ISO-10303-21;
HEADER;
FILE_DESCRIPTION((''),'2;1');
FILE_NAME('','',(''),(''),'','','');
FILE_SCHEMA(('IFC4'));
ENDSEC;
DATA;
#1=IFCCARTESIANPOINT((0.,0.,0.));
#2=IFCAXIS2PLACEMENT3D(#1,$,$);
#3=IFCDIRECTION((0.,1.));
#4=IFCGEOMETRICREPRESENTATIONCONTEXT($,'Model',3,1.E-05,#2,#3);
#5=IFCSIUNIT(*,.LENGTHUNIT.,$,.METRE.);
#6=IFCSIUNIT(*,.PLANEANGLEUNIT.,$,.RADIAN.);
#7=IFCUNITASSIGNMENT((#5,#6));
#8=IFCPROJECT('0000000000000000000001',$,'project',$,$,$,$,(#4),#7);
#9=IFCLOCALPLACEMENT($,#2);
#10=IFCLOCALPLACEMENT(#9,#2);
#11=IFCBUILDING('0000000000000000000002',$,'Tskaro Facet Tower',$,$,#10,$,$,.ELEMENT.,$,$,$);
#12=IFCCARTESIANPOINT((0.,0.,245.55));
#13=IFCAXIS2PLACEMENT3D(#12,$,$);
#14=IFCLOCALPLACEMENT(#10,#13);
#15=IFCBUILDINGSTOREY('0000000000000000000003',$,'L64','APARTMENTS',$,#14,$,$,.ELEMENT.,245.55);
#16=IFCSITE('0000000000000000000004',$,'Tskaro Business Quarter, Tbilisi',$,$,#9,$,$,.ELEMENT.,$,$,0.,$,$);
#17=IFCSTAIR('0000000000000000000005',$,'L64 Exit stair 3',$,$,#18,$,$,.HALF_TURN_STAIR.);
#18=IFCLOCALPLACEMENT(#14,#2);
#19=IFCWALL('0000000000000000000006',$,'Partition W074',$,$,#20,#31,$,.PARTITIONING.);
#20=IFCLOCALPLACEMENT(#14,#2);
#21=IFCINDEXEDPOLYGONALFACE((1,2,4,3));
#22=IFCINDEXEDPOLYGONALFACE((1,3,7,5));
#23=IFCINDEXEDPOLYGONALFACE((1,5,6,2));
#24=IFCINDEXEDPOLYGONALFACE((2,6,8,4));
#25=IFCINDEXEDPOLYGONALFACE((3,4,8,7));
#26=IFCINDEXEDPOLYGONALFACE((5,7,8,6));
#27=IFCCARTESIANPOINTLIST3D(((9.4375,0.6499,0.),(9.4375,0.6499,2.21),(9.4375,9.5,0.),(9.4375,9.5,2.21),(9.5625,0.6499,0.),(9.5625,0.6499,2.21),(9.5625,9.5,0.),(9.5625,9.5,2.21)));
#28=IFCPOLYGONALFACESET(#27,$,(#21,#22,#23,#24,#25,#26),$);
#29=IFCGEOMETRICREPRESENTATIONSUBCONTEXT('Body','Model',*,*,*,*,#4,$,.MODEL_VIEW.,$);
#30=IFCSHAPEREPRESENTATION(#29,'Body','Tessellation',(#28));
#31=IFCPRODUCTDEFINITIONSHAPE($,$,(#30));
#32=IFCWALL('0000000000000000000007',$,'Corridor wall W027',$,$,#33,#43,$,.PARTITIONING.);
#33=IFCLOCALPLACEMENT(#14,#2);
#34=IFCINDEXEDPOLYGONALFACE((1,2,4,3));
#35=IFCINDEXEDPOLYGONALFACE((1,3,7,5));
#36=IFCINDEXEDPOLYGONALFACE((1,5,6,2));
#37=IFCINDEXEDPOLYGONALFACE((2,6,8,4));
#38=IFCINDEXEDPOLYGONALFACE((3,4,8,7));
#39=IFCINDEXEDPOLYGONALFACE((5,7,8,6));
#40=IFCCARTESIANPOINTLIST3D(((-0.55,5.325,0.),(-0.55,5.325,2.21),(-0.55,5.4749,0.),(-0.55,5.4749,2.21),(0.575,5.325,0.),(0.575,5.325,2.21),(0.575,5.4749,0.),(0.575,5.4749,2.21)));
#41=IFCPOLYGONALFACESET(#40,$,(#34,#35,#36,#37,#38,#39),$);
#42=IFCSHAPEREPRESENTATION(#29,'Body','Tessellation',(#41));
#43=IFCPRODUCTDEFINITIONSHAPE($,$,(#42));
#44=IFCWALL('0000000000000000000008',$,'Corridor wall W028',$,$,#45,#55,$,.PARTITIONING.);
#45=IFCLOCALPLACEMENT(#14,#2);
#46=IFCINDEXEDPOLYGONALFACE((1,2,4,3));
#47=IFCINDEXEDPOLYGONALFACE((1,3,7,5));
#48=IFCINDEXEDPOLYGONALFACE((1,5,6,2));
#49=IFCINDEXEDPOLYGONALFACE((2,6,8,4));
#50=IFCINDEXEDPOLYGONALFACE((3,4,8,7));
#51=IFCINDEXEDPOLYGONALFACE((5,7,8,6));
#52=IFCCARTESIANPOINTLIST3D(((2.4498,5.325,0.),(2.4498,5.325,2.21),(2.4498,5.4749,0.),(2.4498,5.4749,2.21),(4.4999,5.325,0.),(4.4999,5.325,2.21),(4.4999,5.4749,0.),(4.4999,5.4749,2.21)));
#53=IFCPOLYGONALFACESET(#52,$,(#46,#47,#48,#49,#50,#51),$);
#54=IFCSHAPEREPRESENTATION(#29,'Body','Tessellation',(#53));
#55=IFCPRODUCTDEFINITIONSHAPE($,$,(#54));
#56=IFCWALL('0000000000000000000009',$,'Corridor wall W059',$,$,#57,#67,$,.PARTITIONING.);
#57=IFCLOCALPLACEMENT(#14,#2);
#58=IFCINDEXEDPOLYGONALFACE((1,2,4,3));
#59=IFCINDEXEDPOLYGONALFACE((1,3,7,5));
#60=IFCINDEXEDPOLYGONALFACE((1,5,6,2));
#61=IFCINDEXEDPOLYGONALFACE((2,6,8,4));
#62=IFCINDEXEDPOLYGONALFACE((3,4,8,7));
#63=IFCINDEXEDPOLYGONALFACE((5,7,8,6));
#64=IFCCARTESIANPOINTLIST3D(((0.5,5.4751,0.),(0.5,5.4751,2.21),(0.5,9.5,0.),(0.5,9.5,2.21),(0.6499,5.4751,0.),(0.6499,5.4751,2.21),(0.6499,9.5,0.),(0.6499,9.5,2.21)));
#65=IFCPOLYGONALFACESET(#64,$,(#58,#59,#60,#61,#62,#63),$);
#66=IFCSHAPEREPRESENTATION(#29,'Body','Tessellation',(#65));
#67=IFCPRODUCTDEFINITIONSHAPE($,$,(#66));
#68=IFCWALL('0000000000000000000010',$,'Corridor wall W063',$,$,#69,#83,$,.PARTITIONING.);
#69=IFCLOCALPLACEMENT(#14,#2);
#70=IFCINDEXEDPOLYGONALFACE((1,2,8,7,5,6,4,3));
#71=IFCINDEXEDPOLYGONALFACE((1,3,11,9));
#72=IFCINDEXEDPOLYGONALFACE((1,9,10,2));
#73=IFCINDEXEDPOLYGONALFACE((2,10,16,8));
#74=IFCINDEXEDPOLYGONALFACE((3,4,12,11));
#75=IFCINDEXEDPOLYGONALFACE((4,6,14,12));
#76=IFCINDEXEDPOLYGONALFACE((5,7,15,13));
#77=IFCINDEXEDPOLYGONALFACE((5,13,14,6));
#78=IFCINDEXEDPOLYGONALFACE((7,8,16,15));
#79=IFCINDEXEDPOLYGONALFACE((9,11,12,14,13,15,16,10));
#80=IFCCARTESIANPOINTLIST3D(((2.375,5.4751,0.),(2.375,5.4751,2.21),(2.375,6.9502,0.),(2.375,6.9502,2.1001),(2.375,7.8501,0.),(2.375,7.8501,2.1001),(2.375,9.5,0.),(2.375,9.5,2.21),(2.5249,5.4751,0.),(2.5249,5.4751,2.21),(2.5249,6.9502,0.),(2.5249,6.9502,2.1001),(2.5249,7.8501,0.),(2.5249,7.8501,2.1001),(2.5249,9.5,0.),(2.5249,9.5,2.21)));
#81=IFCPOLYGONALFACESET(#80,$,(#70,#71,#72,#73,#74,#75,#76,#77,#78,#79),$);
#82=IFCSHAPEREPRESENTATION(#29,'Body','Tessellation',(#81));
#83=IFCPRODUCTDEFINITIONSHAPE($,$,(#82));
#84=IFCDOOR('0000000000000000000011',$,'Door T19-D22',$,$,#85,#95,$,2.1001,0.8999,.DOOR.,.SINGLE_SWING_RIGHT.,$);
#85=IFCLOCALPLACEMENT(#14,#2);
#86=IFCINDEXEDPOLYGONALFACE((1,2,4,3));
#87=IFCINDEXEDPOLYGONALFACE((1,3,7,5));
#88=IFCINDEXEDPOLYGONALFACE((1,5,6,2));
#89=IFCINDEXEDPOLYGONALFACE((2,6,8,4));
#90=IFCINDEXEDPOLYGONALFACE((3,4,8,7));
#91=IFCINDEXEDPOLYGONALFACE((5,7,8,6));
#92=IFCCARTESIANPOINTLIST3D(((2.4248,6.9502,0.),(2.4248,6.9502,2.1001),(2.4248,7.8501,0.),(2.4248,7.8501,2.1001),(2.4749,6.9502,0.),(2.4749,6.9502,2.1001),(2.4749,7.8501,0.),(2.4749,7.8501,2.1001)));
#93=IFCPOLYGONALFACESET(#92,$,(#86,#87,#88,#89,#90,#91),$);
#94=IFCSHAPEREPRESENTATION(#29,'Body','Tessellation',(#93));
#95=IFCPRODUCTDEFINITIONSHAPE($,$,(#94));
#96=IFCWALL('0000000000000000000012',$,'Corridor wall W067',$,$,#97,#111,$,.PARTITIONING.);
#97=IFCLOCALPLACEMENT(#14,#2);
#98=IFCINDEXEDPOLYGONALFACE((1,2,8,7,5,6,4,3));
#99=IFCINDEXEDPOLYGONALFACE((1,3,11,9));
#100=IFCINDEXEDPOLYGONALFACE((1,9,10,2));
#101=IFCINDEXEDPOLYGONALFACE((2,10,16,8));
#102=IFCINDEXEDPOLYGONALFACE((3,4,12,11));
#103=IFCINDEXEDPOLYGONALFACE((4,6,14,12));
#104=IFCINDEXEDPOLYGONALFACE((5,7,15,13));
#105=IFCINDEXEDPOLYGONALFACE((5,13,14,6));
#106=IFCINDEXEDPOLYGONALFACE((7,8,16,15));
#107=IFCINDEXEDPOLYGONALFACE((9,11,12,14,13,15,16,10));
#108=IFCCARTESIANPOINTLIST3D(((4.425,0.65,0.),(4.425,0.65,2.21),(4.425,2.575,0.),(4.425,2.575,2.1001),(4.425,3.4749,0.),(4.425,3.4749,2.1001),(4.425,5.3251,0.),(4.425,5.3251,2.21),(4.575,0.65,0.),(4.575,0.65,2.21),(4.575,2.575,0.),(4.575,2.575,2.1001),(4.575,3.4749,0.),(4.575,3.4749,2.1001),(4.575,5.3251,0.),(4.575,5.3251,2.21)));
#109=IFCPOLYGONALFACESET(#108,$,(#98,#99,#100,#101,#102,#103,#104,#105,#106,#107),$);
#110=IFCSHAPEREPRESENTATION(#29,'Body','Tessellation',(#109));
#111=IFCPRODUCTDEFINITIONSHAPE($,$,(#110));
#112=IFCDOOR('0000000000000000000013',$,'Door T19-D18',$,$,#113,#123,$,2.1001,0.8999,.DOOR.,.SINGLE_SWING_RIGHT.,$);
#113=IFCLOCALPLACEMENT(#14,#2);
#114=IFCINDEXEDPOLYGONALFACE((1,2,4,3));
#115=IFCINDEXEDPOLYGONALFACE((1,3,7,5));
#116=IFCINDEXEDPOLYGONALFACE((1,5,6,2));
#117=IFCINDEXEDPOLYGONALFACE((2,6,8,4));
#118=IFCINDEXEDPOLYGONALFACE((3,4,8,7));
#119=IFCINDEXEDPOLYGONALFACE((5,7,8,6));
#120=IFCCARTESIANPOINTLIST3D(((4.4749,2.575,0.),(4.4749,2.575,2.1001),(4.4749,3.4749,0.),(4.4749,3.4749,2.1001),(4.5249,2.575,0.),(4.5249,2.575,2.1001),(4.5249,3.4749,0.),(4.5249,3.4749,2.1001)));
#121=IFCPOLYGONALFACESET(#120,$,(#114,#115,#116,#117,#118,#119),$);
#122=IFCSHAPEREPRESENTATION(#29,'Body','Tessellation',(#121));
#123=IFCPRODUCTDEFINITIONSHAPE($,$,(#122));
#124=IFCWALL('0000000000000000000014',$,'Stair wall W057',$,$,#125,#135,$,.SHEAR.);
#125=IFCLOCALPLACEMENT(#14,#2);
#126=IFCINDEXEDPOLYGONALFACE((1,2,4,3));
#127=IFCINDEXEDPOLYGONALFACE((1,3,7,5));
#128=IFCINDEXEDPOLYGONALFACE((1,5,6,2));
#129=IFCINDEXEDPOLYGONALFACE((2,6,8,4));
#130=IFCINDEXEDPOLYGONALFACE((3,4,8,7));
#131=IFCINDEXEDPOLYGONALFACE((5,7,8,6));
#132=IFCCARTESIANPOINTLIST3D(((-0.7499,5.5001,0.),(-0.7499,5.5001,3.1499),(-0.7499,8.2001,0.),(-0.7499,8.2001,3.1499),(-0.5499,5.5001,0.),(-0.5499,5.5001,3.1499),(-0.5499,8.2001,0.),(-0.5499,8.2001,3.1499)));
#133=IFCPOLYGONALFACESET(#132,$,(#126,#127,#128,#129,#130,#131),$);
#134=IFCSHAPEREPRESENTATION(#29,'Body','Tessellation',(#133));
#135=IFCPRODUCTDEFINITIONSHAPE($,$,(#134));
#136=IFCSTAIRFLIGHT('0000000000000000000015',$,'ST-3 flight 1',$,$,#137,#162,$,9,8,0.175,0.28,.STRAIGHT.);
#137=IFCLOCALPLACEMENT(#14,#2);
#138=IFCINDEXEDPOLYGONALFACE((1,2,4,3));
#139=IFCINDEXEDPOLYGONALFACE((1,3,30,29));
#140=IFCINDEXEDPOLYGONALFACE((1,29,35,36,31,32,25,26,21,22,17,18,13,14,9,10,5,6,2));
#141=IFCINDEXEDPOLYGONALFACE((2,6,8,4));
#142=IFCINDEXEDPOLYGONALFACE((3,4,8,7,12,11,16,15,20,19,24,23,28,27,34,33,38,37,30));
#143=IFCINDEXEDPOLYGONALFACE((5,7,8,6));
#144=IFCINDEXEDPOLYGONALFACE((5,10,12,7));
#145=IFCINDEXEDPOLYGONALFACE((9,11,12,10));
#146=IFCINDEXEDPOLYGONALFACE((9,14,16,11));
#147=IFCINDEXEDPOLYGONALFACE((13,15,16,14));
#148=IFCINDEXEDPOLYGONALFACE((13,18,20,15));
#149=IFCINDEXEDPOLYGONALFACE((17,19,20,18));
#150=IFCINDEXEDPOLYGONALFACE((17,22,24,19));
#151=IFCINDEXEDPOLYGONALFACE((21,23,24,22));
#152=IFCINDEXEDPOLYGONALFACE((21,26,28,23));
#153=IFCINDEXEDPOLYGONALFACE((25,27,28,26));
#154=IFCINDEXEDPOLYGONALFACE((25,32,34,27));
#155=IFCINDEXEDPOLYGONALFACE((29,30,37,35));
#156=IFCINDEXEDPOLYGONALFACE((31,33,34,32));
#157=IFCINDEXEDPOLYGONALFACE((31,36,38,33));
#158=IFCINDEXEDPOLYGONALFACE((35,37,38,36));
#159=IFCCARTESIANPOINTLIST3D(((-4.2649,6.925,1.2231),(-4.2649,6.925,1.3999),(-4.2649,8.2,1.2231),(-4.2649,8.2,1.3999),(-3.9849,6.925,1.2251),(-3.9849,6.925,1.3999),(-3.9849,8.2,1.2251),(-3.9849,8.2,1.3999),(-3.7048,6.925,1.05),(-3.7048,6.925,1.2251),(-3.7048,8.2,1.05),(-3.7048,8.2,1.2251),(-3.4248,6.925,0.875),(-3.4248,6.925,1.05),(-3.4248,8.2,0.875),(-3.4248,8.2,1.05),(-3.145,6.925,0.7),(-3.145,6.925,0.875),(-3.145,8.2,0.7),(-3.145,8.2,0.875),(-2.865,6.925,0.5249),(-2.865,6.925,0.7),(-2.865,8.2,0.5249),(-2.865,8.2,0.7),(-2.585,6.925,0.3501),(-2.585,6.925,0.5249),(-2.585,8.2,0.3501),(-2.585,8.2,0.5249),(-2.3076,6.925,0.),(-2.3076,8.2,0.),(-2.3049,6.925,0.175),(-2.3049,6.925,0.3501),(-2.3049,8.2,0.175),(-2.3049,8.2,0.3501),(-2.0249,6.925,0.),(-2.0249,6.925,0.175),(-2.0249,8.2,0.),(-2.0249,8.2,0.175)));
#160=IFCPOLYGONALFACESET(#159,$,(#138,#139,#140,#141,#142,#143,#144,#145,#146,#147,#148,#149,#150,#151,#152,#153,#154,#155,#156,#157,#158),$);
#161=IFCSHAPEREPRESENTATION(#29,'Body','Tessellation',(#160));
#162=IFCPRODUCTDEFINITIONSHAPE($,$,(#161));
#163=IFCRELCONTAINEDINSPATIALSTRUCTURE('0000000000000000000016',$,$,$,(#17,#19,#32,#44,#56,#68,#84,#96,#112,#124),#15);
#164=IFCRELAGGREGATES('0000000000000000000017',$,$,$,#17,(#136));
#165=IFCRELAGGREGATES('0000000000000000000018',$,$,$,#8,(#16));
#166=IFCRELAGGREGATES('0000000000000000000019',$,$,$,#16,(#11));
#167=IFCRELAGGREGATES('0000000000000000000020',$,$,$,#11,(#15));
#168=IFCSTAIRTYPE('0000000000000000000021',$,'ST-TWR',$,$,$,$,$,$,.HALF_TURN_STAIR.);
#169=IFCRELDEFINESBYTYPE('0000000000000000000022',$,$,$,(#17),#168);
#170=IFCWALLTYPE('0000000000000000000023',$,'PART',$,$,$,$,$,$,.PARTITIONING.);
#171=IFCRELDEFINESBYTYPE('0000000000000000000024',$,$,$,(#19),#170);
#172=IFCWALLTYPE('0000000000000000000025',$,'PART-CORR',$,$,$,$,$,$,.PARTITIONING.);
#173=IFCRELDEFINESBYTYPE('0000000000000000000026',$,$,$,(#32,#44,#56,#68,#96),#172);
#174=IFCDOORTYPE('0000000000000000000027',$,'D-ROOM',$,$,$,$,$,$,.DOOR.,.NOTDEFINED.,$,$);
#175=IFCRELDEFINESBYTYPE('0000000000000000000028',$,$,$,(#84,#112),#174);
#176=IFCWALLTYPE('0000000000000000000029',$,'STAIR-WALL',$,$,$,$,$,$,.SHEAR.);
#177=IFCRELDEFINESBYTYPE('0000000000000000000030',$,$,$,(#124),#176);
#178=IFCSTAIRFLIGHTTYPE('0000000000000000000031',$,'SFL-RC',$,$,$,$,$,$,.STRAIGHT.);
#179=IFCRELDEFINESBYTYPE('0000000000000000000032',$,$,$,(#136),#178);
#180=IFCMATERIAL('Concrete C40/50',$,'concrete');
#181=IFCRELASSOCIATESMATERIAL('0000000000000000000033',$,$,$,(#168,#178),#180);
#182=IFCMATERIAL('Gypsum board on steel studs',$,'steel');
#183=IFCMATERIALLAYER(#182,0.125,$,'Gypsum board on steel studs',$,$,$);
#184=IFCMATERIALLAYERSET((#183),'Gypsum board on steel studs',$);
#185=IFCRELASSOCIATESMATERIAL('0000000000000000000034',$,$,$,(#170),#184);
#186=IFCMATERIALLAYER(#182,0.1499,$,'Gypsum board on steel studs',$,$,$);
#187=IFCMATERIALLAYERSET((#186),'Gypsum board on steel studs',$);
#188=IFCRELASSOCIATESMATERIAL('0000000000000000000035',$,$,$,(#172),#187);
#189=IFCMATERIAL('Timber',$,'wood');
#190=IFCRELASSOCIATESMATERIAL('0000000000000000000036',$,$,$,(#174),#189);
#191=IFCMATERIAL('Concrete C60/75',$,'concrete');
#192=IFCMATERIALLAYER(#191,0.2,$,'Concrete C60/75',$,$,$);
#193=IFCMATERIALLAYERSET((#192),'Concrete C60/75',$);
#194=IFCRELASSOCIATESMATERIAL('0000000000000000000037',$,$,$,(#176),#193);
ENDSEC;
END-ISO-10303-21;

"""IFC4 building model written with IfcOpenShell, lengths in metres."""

from ifc_helpers import new_model, si_unit, direction, frame, frame_2d, origin, place, context, subcontext, project, spatial, polyline, rectangle, outline, extrude, material, layer, layer_set, type_object, element, fill, aggregate, save


model = new_model("IFC4")

# Units and contexts
model_context = context("Model", 3, precision=1e-05, world=origin(), true_north=direction((0.0, 1.0)))
body_context = subcontext(model_context, "Body", "Model", "MODEL_VIEW")
ifc_project = project(units=[si_unit("LENGTHUNIT", "METRE"), si_unit("PLANEANGLEUNIT", "RADIAN")], contexts=[model_context])

# Site, building, storey
site_placement = place(None, origin())
site = spatial("IfcSite", under=ifc_project, at=site_placement, Name="Tskaro Business Quarter, Tbilisi", CompositionType="ELEMENT", RefElevation=0.0)
building_placement = place(site_placement, origin())
building = spatial("IfcBuilding", under=site, at=building_placement, Name="Tskaro Facet Tower", CompositionType="ELEMENT")
storey_placement = place(building_placement, frame((0.0, 0.0, 245.55)))
storey = spatial("IfcBuildingStorey", under=building, at=storey_placement, Name="L64", Description="APARTMENTS", CompositionType="ELEMENT", Elevation=245.55)

# Stair
ifc_material_1 = material(Name="Concrete C40/50", Category="concrete")
stair_type = type_object("IfcStairType", Name="ST-TWR", PredefinedType="HALF_TURN_STAIR", material=ifc_material_1)
stair_1_placement = place(storey_placement, origin())
stair_1 = element("IfcStair", 1, at=stair_1_placement, inside=storey, type_object=stair_type, Name="L64 Exit stair 3", PredefinedType="HALF_TURN_STAIR")

# Shared definitions
ifc_material_2 = material(Name="Concrete C60/75", Category="concrete")

# Walls
ifc_material_3 = material(Name="Gypsum board on steel studs", Category="steel")
ifc_layer_1 = layer(ifc_material_3, 0.125, Name="Gypsum board on steel studs")
ifc_layer_set_1 = layer_set([ifc_layer_1], Name="Gypsum board on steel studs")
wall_type_1 = type_object("IfcWallType", Name="PART", PredefinedType="PARTITIONING", material=ifc_layer_set_1)
wall_1_placement = place(storey_placement, frame((9.5, 0.6499, 0.0), z_axis=(0.0, 0.0, 1.0), x_axis=(0.0, 1.0, 0.0)))
element("IfcWall", 2, at=wall_1_placement, inside=storey, type_object=wall_type_1, Name="Partition W074", PredefinedType="PARTITIONING", context=body_context, shape_type="SweptSolid", body=[
    extrude(rectangle(XDim=8.8501, YDim=0.125, at=frame_2d((4.425, 0.0))), origin(), (0.0, 0.0, 1.0), 2.21),
])
ifc_layer_2 = layer(ifc_material_3, 0.1499, Name="Gypsum board on steel studs")
ifc_layer_set_2 = layer_set([ifc_layer_2], Name="Gypsum board on steel studs")
wall_type_2 = type_object("IfcWallType", Name="PART-CORR", PredefinedType="PARTITIONING", material=ifc_layer_set_2)
wall_2_placement = place(storey_placement, frame((-0.55, 5.3999, 0.0), z_axis=(0.0, 0.0, 1.0), x_axis=(1.0, 0.0, 0.0)))
element("IfcWall", 3, at=wall_2_placement, inside=storey, type_object=wall_type_2, Name="Corridor wall W027", PredefinedType="PARTITIONING", context=body_context, shape_type="SweptSolid", body=[
    extrude(rectangle(XDim=1.125, YDim=0.1499, at=frame_2d((0.5625, 0.0))), origin(), (0.0, 0.0, 1.0), 2.21),
])
wall_3_placement = place(storey_placement, frame((2.45, 5.3999, 0.0), z_axis=(0.0, 0.0, 1.0), x_axis=(1.0, 0.0, 0.0)))
element("IfcWall", 4, at=wall_3_placement, inside=storey, type_object=wall_type_2, Name="Corridor wall W028", PredefinedType="PARTITIONING", context=body_context, shape_type="SweptSolid", body=[
    extrude(rectangle(XDim=2.05, YDim=0.1499, at=frame_2d((1.0249, 0.0))), origin(), (0.0, 0.0, 1.0), 2.21),
])
wall_4_placement = place(storey_placement, frame((0.575, 5.4751, 0.0), z_axis=(0.0, 0.0, 1.0), x_axis=(0.0, 1.0, 0.0)))
element("IfcWall", 5, at=wall_4_placement, inside=storey, type_object=wall_type_2, Name="Corridor wall W059", PredefinedType="PARTITIONING", context=body_context, shape_type="SweptSolid", body=[
    extrude(rectangle(XDim=4.0249, YDim=0.1499, at=frame_2d((2.0125, 0.0))), origin(), (0.0, 0.0, 1.0), 2.21),
])

# Walls, openings, doors
wall_5_placement = place(storey_placement, frame((2.45, 9.5, 0.0), z_axis=(0.0, 0.0, 1.0), x_axis=(0.0, -1.0, 0.0)))
wall_5 = element("IfcWall", 6, at=wall_5_placement, inside=storey, type_object=wall_type_2, Name="Corridor wall W063", PredefinedType="PARTITIONING", context=body_context, shape_type="SweptSolid", body=[
    extrude(rectangle(XDim=4.0249, YDim=0.1499, at=frame_2d((2.0125, 0.0))), origin(), (0.0, 0.0, 1.0), 2.21),
])
opening_1_placement = place(wall_5_placement, frame((1.6499, 0.0, 0.0)))
opening_1 = element("IfcOpeningElement", 7, at=opening_1_placement, cuts=wall_5, PredefinedType="OPENING", context=body_context, shape_type="SweptSolid", body=[
    extrude(rectangle(XDim=0.8999, YDim=2.1001, at=frame_2d((0.45, 1.05))), frame((0.0, 0.085, 0.0), z_axis=(0.0, -1.0, 0.0), x_axis=(1.0, 0.0, 0.0)), (0.0, 0.0, 1.0), 0.1699),
])
ifc_material_4 = material(Name="Timber", Category="wood")
door_type = type_object("IfcDoorType", Name="D-ROOM", OperationType="NOTDEFINED", PredefinedType="DOOR", material=ifc_material_4)
door_1_placement = place(opening_1_placement, origin())
door_1 = element("IfcDoor", 8, at=door_1_placement, inside=storey, type_object=door_type, Name="Door T19-D22", OperationType="SINGLE_SWING_RIGHT", OverallHeight=2.1001, OverallWidth=0.8999, PredefinedType="DOOR", context=body_context, shape_type="SweptSolid", body=[
    extrude(rectangle(XDim=0.8999, YDim=2.1001, at=frame_2d((0.45, 1.05))), frame((0.0, 0.0249, 0.0), z_axis=(0.0, -1.0, 0.0), x_axis=(1.0, 0.0, 0.0)), (0.0, 0.0, 1.0), 0.05),
])
fill(opening_1, door_1)
wall_6_placement = place(storey_placement, frame((4.5, 5.325, 0.0), z_axis=(0.0, 0.0, 1.0), x_axis=(0.0, -1.0, 0.0)))
wall_6 = element("IfcWall", 9, at=wall_6_placement, inside=storey, type_object=wall_type_2, Name="Corridor wall W067", PredefinedType="PARTITIONING", context=body_context, shape_type="SweptSolid", body=[
    extrude(rectangle(XDim=4.675, YDim=0.1499, at=frame_2d((2.3374, 0.0))), origin(), (0.0, 0.0, 1.0), 2.21),
])
opening_2_placement = place(wall_6_placement, frame((1.8501, 0.0, 0.0)))
opening_2 = element("IfcOpeningElement", 10, at=opening_2_placement, cuts=wall_6, PredefinedType="OPENING", context=body_context, shape_type="SweptSolid", body=[
    extrude(rectangle(XDim=0.8999, YDim=2.1001, at=frame_2d((0.45, 1.05))), frame((0.0, 0.085, 0.0), z_axis=(0.0, -1.0, 0.0), x_axis=(1.0, 0.0, 0.0)), (0.0, 0.0, 1.0), 0.1699),
])
door_2_placement = place(opening_2_placement, origin())
door_2 = element("IfcDoor", 11, at=door_2_placement, inside=storey, type_object=door_type, Name="Door T19-D18", OperationType="SINGLE_SWING_RIGHT", OverallHeight=2.1001, OverallWidth=0.8999, PredefinedType="DOOR", context=body_context, shape_type="SweptSolid", body=[
    extrude(rectangle(XDim=0.8999, YDim=2.1001, at=frame_2d((0.45, 1.05))), frame((0.0, 0.0249, 0.0), z_axis=(0.0, -1.0, 0.0), x_axis=(1.0, 0.0, 0.0)), (0.0, 0.0, 1.0), 0.05),
])
fill(opening_2, door_2)

# Wall
ifc_layer_3 = layer(ifc_material_2, 0.2, Name="Concrete C60/75")
ifc_layer_set_3 = layer_set([ifc_layer_3], Name="Concrete C60/75")
wall_type_3 = type_object("IfcWallType", Name="STAIR-WALL", PredefinedType="SHEAR", material=ifc_layer_set_3)
wall_7_placement = place(storey_placement, frame((-0.6499, 5.5, 0.0), z_axis=(0.0, 0.0, 1.0), x_axis=(0.0, 1.0, 0.0)))
element("IfcWall", 12, at=wall_7_placement, inside=storey, type_object=wall_type_3, Name="Stair wall W057", PredefinedType="SHEAR", context=body_context, shape_type="SweptSolid", body=[
    extrude(rectangle(XDim=2.7, YDim=0.2, at=frame_2d((1.3501, 0.0))), origin(), (0.0, 0.0, 1.0), 3.1499),
])

# Stair flight
stair_flight_type = type_object("IfcStairFlightType", Name="SFL-RC", PredefinedType="STRAIGHT", material=ifc_material_1)
stair_flight_placement = place(storey_placement, frame((-2.0249, 7.5625, 0.0), z_axis=(0.0, 0.0, 1.0), x_axis=(-1.0, 0.0, 0.0)))
stair_flight = element("IfcStairFlight", 13, at=stair_flight_placement, type_object=stair_flight_type, Name="ST-3 flight 1", NumberOfRisers=9, NumberOfTreads=8, PredefinedType="STRAIGHT", RiserHeight=0.175, TreadLength=0.28, context=body_context, shape_type="SweptSolid", body=[
    extrude(outline(polyline([(0.0, 0.0), (0.0, 0.175), (0.28, 0.175), (0.28, 0.3501), (0.5601, 0.3501), (0.5601, 0.5249), (0.8401, 0.5249), (0.8401, 0.7), (1.1201, 0.7), (1.1201, 0.875), (1.3999, 0.875), (1.3999, 1.05), (1.6799, 1.05), (1.6799, 1.2251), (1.96, 1.2251), (1.96, 1.3999), (2.24, 1.3999), (2.24, 1.575), (2.24, 1.2231), (0.2827, 0.0), (0.0, 0.0)])), frame((0.0, 0.6375, 0.0), z_axis=(0.0, -1.0, 0.0), x_axis=(1.0, 0.0, 0.0)), (0.0, 0.0, 1.0), 1.2749),
])
aggregate(stair_1, [stair_flight])

save(model, "model.ifc")
